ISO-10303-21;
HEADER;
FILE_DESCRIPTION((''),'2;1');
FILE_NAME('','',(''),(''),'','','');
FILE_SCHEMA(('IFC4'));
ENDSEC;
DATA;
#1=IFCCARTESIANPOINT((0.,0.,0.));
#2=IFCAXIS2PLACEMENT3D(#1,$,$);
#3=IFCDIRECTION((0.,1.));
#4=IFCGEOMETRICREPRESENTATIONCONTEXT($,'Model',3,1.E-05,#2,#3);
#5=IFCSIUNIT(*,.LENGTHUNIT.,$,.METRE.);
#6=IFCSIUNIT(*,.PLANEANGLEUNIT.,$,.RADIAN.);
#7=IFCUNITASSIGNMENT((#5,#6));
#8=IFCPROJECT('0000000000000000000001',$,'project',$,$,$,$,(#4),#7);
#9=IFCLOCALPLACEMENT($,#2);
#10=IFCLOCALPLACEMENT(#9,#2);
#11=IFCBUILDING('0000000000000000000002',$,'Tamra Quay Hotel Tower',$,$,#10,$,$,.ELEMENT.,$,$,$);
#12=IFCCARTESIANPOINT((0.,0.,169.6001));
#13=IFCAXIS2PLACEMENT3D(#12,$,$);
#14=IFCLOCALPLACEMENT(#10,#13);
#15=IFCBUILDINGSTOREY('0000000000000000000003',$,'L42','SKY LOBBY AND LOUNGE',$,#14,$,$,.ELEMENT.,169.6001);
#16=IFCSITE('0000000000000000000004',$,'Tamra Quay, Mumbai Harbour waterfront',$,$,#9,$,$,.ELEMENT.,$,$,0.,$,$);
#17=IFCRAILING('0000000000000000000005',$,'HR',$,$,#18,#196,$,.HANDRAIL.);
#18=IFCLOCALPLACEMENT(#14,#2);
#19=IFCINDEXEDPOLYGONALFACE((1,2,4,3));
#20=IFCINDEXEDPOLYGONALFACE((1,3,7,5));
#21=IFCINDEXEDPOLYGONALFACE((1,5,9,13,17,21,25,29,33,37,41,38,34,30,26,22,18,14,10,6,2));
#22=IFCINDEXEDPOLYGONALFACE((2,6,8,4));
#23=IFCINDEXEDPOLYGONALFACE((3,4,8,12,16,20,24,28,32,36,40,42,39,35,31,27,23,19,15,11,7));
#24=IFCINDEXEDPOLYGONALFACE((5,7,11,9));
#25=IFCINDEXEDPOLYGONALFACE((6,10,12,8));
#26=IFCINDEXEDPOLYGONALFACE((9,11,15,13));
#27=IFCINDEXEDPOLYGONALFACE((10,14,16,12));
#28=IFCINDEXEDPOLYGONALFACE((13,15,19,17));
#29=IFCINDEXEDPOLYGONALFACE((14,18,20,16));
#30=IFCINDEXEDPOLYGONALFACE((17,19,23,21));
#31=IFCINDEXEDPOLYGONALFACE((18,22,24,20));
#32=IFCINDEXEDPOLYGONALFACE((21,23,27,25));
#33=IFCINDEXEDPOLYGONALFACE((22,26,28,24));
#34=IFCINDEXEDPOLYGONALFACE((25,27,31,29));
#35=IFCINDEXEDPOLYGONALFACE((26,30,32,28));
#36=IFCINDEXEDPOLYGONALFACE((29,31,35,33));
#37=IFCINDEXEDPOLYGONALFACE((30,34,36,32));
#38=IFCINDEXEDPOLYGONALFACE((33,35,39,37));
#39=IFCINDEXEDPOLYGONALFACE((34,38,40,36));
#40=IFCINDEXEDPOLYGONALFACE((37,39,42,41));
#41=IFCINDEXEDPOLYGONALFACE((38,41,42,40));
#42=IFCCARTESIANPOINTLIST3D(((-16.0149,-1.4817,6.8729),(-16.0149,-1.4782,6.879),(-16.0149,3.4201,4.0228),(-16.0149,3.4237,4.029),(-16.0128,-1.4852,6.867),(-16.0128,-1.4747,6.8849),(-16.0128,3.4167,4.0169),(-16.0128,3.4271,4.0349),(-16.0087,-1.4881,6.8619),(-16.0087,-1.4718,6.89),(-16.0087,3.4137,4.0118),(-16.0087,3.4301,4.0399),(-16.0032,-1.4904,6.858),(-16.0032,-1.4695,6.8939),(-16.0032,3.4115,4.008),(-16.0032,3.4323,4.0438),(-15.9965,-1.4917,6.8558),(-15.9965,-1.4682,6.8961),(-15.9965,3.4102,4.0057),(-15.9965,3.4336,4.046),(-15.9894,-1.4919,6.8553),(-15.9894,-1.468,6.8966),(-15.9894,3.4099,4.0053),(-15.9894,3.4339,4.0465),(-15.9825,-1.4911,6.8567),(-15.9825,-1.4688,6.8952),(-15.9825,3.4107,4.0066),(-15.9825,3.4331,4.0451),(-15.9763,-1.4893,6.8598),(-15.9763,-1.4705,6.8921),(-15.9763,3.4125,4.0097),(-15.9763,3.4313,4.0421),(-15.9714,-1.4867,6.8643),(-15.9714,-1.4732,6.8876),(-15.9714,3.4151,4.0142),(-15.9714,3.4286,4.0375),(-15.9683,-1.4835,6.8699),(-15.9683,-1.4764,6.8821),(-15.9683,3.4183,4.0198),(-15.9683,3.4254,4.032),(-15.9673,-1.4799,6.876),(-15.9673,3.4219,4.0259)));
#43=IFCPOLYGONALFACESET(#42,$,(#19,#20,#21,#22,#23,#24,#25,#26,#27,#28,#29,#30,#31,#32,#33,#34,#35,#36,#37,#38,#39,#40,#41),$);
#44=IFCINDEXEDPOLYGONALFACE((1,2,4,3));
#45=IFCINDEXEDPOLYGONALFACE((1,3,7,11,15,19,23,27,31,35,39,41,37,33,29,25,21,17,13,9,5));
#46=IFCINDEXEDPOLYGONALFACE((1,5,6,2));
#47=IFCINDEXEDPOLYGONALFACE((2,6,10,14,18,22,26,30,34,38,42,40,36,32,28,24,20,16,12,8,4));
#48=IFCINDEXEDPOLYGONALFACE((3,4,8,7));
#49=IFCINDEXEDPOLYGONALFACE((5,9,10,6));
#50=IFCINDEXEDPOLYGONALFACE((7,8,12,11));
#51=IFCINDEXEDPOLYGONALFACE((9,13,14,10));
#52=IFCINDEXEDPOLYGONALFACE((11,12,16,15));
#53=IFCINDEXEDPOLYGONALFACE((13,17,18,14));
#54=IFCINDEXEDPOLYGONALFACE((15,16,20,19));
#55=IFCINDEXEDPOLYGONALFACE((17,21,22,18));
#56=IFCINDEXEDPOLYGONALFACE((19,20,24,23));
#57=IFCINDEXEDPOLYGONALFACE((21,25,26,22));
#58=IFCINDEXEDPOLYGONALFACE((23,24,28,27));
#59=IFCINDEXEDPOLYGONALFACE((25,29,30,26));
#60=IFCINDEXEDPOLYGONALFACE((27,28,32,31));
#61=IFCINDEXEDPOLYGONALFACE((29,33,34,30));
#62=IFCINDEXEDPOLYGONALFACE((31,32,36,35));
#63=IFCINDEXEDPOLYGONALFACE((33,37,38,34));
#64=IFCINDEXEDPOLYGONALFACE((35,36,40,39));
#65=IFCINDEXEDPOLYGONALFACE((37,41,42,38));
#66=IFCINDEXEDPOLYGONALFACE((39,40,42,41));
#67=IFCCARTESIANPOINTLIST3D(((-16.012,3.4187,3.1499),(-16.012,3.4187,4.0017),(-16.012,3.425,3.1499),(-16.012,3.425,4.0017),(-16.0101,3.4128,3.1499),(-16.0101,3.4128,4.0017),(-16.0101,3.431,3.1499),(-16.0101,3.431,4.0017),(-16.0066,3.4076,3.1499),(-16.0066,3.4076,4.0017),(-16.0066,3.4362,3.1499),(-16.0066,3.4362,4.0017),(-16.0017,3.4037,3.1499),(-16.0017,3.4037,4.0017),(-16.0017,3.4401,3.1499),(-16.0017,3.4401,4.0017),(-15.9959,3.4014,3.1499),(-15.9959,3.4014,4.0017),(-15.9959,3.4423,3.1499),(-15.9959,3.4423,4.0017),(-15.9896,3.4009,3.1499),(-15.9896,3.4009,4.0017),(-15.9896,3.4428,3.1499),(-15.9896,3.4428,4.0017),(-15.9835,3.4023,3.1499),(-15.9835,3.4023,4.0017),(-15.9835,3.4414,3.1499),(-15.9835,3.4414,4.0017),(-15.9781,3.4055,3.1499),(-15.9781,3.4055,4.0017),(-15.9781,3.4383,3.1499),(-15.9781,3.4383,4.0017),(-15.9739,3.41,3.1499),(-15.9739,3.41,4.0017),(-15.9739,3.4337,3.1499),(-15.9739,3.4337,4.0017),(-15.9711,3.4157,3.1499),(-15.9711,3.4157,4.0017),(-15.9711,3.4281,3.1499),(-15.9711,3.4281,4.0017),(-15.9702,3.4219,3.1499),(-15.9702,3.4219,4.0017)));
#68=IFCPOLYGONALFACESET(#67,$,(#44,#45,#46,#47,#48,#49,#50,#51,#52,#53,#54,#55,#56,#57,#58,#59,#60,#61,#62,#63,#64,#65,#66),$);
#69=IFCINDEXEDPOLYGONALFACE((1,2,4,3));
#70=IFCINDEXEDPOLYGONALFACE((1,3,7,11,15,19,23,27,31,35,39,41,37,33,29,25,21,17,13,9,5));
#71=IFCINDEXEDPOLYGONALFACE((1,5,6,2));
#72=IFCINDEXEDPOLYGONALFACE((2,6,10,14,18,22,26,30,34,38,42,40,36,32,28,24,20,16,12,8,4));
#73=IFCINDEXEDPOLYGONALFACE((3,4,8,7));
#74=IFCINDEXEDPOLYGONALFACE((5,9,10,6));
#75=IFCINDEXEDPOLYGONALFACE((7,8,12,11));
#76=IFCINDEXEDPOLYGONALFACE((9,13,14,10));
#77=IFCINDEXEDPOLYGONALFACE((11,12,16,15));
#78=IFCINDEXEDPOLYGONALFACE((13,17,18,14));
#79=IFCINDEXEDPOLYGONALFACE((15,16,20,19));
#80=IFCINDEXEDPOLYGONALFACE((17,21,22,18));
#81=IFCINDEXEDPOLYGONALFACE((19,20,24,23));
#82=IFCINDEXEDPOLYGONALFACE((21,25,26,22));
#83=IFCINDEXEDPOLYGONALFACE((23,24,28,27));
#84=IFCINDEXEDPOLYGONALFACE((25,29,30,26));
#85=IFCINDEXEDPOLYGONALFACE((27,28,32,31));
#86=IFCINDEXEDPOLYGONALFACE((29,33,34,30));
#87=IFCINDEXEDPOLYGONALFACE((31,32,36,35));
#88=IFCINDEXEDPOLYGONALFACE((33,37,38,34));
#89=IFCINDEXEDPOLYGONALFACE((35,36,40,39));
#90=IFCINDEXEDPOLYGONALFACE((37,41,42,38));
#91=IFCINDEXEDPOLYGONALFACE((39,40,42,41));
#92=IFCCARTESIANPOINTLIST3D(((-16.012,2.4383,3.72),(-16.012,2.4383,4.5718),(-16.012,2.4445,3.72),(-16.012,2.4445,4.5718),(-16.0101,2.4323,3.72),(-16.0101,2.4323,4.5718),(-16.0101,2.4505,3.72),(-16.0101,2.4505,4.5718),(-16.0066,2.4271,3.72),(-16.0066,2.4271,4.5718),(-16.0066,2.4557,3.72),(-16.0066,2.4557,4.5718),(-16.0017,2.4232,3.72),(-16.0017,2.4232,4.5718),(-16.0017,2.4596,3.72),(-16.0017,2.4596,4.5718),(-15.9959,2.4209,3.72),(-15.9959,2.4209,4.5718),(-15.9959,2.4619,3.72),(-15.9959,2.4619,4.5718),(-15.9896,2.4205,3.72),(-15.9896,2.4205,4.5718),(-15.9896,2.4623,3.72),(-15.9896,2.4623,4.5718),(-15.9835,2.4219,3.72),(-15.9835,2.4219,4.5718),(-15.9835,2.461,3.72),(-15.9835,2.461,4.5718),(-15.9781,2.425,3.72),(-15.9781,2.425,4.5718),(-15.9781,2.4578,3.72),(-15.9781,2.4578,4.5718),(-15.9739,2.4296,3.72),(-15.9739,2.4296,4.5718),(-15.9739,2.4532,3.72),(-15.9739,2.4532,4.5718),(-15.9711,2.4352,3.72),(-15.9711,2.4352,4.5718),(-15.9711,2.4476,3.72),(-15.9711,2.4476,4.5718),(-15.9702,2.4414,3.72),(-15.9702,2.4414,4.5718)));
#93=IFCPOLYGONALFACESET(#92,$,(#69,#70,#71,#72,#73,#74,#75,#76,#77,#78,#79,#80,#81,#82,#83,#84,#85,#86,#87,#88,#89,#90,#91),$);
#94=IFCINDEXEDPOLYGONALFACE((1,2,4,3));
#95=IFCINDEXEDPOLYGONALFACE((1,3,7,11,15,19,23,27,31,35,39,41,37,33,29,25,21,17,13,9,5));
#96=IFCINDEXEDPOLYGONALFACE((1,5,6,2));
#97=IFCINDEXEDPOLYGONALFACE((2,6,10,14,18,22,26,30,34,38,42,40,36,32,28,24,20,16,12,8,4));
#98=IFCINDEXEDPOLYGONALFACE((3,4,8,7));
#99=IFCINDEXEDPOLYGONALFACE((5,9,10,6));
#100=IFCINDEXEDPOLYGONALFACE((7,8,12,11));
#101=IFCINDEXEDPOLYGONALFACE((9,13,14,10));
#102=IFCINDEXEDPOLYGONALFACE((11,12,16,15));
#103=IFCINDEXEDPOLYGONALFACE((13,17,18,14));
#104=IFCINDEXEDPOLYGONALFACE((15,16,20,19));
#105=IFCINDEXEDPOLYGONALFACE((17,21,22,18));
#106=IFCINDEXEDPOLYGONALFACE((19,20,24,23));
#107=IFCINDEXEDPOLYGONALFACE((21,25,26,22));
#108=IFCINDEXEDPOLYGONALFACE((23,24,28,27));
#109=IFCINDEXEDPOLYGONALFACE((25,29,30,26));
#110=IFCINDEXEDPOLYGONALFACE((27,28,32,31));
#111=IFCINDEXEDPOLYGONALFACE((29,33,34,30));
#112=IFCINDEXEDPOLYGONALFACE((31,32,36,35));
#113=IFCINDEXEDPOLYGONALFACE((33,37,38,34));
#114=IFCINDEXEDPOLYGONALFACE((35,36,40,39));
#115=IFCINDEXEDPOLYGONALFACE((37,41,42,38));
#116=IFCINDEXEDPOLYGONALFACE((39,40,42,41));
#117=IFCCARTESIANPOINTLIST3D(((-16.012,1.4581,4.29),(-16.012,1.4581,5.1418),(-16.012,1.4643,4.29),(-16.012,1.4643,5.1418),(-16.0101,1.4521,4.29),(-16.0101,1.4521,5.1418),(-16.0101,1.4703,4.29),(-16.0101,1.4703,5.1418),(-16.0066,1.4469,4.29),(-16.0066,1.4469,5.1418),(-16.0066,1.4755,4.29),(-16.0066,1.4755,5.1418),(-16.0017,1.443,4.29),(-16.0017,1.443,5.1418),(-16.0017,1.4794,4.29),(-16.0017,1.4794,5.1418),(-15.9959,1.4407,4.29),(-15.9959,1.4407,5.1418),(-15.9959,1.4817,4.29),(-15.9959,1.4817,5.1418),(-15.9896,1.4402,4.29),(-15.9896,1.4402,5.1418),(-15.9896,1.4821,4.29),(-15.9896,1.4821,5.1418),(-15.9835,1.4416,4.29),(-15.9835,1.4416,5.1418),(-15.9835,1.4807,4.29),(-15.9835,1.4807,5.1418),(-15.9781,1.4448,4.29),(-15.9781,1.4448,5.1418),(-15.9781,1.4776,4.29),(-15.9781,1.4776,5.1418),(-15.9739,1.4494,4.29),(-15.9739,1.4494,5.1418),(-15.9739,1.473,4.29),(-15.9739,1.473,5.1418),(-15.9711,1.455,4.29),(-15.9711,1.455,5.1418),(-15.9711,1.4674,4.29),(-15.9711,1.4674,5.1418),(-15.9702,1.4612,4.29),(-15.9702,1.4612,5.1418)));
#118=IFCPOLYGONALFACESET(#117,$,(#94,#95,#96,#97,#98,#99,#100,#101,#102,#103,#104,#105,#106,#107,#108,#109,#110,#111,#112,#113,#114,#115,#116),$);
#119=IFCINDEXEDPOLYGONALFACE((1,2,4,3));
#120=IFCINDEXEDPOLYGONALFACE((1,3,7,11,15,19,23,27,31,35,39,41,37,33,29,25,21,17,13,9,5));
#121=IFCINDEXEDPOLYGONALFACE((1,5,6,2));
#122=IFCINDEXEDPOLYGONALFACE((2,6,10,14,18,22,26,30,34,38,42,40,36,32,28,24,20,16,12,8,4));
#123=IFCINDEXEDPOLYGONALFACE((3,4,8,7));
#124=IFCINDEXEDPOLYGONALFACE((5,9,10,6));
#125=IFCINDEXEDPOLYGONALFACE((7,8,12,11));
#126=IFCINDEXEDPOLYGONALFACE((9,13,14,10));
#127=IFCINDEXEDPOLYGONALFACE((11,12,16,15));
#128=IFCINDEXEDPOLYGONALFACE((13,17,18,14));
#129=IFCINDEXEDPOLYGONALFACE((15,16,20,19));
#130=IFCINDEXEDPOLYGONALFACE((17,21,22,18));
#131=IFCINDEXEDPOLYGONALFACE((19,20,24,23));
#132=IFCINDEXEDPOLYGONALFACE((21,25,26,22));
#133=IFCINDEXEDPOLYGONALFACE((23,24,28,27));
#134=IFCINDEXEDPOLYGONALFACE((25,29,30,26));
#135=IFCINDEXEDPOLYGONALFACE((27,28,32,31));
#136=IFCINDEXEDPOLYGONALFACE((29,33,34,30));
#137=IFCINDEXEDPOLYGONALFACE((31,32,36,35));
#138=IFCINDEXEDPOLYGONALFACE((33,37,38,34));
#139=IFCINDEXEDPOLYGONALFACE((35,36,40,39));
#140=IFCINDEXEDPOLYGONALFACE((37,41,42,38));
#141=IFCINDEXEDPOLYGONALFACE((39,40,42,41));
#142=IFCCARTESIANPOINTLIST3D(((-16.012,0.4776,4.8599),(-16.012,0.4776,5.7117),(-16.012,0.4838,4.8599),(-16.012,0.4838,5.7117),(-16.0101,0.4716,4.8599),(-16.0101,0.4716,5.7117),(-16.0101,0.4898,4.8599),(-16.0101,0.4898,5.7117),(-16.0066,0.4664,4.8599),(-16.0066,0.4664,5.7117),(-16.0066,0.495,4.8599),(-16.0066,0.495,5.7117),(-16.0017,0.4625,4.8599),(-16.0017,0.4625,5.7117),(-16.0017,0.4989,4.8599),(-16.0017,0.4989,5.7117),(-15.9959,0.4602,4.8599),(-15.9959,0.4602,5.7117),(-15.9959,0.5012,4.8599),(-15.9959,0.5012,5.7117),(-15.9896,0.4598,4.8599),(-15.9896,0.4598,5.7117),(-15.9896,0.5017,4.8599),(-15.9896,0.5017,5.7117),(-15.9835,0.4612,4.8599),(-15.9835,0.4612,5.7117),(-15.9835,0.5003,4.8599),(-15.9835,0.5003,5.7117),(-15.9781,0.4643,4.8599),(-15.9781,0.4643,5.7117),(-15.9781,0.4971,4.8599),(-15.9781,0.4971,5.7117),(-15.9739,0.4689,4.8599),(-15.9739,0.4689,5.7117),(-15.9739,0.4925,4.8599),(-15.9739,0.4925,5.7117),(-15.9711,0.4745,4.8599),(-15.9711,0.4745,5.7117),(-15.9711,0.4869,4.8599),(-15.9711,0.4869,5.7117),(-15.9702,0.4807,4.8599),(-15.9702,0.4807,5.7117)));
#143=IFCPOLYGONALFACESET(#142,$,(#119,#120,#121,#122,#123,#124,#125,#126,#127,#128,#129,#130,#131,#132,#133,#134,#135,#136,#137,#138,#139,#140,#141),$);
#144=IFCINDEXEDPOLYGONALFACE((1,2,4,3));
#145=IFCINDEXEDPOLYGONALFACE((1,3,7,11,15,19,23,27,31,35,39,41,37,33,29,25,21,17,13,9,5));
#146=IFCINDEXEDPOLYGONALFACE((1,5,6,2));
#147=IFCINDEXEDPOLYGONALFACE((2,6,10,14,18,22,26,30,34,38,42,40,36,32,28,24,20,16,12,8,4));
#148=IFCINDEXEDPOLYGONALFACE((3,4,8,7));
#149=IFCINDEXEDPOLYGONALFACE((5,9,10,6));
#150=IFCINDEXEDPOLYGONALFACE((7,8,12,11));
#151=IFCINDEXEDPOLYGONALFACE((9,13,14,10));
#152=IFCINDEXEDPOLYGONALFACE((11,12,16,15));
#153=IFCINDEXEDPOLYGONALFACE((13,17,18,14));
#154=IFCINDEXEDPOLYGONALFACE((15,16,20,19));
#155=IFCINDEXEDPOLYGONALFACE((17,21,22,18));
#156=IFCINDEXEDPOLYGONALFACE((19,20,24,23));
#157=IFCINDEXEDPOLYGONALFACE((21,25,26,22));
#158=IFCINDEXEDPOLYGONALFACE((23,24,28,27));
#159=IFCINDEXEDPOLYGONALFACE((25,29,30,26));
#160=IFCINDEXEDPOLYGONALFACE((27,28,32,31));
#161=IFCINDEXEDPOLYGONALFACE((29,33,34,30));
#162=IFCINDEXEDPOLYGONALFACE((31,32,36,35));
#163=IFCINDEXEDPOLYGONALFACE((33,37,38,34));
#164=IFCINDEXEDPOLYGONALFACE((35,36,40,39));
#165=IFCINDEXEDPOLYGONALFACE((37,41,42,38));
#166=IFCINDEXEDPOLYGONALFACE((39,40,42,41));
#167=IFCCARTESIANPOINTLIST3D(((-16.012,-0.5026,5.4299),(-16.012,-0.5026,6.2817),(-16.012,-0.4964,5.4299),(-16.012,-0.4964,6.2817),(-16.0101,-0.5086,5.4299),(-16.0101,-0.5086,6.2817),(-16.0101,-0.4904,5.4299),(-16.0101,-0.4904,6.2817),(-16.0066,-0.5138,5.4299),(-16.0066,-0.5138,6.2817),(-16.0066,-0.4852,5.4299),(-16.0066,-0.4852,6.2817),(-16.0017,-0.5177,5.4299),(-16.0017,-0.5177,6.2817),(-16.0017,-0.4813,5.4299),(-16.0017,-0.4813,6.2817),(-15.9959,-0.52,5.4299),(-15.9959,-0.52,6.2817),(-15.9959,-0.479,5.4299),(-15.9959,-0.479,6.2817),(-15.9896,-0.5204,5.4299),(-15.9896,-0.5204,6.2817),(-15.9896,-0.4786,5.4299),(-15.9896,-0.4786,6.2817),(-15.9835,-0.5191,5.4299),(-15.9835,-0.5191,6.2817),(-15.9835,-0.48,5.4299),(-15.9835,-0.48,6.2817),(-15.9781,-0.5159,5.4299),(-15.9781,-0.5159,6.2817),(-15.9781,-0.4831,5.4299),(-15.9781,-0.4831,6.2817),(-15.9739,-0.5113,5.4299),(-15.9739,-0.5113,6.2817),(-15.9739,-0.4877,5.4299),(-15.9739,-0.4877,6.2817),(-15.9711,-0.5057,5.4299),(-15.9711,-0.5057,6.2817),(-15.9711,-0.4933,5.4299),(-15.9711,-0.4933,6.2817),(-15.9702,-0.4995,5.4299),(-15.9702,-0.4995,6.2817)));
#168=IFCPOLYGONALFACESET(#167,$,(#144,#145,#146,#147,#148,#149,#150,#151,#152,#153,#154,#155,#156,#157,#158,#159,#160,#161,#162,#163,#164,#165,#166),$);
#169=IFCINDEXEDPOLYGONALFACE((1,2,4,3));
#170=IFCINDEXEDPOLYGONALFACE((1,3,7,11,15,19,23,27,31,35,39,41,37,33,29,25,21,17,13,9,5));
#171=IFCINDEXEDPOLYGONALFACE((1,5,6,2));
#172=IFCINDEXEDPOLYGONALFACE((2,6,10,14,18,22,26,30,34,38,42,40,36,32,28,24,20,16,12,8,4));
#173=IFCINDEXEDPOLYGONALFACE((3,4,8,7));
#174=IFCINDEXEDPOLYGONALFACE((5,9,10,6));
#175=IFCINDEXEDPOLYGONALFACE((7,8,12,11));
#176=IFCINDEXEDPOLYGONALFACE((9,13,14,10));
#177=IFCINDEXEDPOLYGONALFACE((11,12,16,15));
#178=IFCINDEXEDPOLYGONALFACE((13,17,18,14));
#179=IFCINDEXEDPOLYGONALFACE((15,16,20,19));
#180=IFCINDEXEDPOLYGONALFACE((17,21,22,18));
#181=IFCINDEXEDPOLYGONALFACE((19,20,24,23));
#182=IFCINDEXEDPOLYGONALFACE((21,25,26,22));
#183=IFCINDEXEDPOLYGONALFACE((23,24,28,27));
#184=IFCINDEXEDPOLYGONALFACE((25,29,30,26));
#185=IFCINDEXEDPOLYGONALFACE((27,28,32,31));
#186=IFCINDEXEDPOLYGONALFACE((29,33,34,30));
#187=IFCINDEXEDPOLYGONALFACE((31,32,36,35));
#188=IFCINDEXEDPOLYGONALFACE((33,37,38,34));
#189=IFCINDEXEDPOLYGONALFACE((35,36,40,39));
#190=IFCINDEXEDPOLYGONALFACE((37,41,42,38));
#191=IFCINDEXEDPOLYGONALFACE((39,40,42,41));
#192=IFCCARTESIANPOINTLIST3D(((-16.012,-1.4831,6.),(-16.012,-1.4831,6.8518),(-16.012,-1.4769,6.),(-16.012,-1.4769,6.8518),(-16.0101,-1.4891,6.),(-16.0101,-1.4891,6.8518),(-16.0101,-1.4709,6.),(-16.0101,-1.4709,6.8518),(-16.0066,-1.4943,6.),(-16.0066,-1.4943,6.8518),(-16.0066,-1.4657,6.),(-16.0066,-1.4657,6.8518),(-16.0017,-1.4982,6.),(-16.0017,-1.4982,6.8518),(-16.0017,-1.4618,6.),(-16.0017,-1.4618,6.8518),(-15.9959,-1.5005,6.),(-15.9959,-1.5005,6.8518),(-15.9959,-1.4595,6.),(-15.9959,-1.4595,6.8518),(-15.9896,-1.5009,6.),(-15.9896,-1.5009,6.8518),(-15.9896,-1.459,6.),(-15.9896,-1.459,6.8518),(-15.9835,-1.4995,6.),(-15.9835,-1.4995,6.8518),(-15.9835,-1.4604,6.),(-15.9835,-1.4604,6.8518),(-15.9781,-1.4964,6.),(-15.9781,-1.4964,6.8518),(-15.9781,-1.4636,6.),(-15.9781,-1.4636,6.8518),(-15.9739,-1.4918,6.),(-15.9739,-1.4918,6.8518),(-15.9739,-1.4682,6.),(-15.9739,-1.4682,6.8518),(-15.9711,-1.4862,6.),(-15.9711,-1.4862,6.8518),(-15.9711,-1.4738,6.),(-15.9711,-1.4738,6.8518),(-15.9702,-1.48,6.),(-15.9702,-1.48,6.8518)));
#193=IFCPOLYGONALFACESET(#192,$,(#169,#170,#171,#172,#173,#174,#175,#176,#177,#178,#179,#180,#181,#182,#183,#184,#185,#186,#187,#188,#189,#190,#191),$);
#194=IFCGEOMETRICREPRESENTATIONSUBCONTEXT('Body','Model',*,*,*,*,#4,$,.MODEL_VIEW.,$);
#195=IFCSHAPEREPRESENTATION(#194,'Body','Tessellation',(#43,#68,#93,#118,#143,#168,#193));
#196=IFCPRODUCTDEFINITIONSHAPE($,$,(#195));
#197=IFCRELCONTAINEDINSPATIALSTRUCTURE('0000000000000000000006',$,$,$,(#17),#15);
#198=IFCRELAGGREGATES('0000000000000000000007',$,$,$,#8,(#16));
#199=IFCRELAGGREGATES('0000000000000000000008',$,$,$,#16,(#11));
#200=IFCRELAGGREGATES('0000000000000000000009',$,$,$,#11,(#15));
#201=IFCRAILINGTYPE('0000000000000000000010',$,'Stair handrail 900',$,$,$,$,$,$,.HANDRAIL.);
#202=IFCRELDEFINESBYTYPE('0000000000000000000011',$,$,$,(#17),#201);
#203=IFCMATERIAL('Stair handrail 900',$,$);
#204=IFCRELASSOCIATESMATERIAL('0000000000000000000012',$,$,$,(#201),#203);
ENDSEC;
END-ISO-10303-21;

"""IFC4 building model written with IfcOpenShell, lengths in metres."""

from ifc_helpers import new_model, si_unit, direction, frame, origin, origin_2d, place, context, subcontext, project, spatial, circle, extrude, material, type_object, element, save


model = new_model("IFC4")

# Units and contexts
model_context = context("Model", 3, precision=1e-05, world=origin(), true_north=direction((0.0, 1.0)))
body_context = subcontext(model_context, "Body", "Model", "MODEL_VIEW")
ifc_project = project(units=[si_unit("LENGTHUNIT", "METRE"), si_unit("PLANEANGLEUNIT", "RADIAN")], contexts=[model_context])

# Site, building, storey
site_placement = place(None, origin())
site = spatial("IfcSite", under=ifc_project, at=site_placement, Name="Tamra Quay, Mumbai Harbour waterfront", CompositionType="ELEMENT", RefElevation=0.0)
building_placement = place(site_placement, origin())
building = spatial("IfcBuilding", under=site, at=building_placement, Name="Tamra Quay Hotel Tower", CompositionType="ELEMENT")
storey_placement = place(building_placement, frame((0.0, 0.0, 169.6001)))
storey = spatial("IfcBuildingStorey", under=building, at=storey_placement, Name="L42", Description="SKY LOBBY AND LOUNGE", CompositionType="ELEMENT", Elevation=169.6001)

# Railing
ifc_material_1 = material(Name="Stair handrail 900")
railing_type = type_object("IfcRailingType", Name="Stair handrail 900", PredefinedType="HANDRAIL", material=ifc_material_1)
railing_1_placement = place(storey_placement, frame((-15.9912, 3.4219, 3.1499)))
element("IfcRailing", 1, at=railing_1_placement, inside=storey, type_object=railing_type, Name="HR", PredefinedType="HANDRAIL", context=body_context, shape_type="SweptSolid", body=[
    extrude(circle(Radius=0.0239, at=origin_2d()), frame((0.0, 0.0, 0.876), z_axis=(0.0, -0.864493, 0.502644), x_axis=(1.0, 0.0, 0.0)), (0.0, 0.0, 1.0), 5.6702),
    extrude(circle(Radius=0.021, at=origin_2d()), origin(), (0.0, 0.0, 1.0), 0.8518),
    extrude(circle(Radius=0.021, at=origin_2d()), frame((0.0, -0.9805, 0.5701)), (0.0, 0.0, 1.0), 0.8518),
    extrude(circle(Radius=0.021, at=origin_2d()), frame((0.0, -1.9607, 1.1401)), (0.0, 0.0, 1.0), 0.8518),
    extrude(circle(Radius=0.021, at=origin_2d()), frame((0.0, -2.9412, 1.71)), (0.0, 0.0, 1.0), 0.8518),
    extrude(circle(Radius=0.021, at=origin_2d()), frame((0.0, -3.9214, 2.28)), (0.0, 0.0, 1.0), 0.8518),
    extrude(circle(Radius=0.021, at=origin_2d()), frame((0.0, -4.9019, 2.8501)), (0.0, 0.0, 1.0), 0.8518),
])

save(model, "model.ifc")
